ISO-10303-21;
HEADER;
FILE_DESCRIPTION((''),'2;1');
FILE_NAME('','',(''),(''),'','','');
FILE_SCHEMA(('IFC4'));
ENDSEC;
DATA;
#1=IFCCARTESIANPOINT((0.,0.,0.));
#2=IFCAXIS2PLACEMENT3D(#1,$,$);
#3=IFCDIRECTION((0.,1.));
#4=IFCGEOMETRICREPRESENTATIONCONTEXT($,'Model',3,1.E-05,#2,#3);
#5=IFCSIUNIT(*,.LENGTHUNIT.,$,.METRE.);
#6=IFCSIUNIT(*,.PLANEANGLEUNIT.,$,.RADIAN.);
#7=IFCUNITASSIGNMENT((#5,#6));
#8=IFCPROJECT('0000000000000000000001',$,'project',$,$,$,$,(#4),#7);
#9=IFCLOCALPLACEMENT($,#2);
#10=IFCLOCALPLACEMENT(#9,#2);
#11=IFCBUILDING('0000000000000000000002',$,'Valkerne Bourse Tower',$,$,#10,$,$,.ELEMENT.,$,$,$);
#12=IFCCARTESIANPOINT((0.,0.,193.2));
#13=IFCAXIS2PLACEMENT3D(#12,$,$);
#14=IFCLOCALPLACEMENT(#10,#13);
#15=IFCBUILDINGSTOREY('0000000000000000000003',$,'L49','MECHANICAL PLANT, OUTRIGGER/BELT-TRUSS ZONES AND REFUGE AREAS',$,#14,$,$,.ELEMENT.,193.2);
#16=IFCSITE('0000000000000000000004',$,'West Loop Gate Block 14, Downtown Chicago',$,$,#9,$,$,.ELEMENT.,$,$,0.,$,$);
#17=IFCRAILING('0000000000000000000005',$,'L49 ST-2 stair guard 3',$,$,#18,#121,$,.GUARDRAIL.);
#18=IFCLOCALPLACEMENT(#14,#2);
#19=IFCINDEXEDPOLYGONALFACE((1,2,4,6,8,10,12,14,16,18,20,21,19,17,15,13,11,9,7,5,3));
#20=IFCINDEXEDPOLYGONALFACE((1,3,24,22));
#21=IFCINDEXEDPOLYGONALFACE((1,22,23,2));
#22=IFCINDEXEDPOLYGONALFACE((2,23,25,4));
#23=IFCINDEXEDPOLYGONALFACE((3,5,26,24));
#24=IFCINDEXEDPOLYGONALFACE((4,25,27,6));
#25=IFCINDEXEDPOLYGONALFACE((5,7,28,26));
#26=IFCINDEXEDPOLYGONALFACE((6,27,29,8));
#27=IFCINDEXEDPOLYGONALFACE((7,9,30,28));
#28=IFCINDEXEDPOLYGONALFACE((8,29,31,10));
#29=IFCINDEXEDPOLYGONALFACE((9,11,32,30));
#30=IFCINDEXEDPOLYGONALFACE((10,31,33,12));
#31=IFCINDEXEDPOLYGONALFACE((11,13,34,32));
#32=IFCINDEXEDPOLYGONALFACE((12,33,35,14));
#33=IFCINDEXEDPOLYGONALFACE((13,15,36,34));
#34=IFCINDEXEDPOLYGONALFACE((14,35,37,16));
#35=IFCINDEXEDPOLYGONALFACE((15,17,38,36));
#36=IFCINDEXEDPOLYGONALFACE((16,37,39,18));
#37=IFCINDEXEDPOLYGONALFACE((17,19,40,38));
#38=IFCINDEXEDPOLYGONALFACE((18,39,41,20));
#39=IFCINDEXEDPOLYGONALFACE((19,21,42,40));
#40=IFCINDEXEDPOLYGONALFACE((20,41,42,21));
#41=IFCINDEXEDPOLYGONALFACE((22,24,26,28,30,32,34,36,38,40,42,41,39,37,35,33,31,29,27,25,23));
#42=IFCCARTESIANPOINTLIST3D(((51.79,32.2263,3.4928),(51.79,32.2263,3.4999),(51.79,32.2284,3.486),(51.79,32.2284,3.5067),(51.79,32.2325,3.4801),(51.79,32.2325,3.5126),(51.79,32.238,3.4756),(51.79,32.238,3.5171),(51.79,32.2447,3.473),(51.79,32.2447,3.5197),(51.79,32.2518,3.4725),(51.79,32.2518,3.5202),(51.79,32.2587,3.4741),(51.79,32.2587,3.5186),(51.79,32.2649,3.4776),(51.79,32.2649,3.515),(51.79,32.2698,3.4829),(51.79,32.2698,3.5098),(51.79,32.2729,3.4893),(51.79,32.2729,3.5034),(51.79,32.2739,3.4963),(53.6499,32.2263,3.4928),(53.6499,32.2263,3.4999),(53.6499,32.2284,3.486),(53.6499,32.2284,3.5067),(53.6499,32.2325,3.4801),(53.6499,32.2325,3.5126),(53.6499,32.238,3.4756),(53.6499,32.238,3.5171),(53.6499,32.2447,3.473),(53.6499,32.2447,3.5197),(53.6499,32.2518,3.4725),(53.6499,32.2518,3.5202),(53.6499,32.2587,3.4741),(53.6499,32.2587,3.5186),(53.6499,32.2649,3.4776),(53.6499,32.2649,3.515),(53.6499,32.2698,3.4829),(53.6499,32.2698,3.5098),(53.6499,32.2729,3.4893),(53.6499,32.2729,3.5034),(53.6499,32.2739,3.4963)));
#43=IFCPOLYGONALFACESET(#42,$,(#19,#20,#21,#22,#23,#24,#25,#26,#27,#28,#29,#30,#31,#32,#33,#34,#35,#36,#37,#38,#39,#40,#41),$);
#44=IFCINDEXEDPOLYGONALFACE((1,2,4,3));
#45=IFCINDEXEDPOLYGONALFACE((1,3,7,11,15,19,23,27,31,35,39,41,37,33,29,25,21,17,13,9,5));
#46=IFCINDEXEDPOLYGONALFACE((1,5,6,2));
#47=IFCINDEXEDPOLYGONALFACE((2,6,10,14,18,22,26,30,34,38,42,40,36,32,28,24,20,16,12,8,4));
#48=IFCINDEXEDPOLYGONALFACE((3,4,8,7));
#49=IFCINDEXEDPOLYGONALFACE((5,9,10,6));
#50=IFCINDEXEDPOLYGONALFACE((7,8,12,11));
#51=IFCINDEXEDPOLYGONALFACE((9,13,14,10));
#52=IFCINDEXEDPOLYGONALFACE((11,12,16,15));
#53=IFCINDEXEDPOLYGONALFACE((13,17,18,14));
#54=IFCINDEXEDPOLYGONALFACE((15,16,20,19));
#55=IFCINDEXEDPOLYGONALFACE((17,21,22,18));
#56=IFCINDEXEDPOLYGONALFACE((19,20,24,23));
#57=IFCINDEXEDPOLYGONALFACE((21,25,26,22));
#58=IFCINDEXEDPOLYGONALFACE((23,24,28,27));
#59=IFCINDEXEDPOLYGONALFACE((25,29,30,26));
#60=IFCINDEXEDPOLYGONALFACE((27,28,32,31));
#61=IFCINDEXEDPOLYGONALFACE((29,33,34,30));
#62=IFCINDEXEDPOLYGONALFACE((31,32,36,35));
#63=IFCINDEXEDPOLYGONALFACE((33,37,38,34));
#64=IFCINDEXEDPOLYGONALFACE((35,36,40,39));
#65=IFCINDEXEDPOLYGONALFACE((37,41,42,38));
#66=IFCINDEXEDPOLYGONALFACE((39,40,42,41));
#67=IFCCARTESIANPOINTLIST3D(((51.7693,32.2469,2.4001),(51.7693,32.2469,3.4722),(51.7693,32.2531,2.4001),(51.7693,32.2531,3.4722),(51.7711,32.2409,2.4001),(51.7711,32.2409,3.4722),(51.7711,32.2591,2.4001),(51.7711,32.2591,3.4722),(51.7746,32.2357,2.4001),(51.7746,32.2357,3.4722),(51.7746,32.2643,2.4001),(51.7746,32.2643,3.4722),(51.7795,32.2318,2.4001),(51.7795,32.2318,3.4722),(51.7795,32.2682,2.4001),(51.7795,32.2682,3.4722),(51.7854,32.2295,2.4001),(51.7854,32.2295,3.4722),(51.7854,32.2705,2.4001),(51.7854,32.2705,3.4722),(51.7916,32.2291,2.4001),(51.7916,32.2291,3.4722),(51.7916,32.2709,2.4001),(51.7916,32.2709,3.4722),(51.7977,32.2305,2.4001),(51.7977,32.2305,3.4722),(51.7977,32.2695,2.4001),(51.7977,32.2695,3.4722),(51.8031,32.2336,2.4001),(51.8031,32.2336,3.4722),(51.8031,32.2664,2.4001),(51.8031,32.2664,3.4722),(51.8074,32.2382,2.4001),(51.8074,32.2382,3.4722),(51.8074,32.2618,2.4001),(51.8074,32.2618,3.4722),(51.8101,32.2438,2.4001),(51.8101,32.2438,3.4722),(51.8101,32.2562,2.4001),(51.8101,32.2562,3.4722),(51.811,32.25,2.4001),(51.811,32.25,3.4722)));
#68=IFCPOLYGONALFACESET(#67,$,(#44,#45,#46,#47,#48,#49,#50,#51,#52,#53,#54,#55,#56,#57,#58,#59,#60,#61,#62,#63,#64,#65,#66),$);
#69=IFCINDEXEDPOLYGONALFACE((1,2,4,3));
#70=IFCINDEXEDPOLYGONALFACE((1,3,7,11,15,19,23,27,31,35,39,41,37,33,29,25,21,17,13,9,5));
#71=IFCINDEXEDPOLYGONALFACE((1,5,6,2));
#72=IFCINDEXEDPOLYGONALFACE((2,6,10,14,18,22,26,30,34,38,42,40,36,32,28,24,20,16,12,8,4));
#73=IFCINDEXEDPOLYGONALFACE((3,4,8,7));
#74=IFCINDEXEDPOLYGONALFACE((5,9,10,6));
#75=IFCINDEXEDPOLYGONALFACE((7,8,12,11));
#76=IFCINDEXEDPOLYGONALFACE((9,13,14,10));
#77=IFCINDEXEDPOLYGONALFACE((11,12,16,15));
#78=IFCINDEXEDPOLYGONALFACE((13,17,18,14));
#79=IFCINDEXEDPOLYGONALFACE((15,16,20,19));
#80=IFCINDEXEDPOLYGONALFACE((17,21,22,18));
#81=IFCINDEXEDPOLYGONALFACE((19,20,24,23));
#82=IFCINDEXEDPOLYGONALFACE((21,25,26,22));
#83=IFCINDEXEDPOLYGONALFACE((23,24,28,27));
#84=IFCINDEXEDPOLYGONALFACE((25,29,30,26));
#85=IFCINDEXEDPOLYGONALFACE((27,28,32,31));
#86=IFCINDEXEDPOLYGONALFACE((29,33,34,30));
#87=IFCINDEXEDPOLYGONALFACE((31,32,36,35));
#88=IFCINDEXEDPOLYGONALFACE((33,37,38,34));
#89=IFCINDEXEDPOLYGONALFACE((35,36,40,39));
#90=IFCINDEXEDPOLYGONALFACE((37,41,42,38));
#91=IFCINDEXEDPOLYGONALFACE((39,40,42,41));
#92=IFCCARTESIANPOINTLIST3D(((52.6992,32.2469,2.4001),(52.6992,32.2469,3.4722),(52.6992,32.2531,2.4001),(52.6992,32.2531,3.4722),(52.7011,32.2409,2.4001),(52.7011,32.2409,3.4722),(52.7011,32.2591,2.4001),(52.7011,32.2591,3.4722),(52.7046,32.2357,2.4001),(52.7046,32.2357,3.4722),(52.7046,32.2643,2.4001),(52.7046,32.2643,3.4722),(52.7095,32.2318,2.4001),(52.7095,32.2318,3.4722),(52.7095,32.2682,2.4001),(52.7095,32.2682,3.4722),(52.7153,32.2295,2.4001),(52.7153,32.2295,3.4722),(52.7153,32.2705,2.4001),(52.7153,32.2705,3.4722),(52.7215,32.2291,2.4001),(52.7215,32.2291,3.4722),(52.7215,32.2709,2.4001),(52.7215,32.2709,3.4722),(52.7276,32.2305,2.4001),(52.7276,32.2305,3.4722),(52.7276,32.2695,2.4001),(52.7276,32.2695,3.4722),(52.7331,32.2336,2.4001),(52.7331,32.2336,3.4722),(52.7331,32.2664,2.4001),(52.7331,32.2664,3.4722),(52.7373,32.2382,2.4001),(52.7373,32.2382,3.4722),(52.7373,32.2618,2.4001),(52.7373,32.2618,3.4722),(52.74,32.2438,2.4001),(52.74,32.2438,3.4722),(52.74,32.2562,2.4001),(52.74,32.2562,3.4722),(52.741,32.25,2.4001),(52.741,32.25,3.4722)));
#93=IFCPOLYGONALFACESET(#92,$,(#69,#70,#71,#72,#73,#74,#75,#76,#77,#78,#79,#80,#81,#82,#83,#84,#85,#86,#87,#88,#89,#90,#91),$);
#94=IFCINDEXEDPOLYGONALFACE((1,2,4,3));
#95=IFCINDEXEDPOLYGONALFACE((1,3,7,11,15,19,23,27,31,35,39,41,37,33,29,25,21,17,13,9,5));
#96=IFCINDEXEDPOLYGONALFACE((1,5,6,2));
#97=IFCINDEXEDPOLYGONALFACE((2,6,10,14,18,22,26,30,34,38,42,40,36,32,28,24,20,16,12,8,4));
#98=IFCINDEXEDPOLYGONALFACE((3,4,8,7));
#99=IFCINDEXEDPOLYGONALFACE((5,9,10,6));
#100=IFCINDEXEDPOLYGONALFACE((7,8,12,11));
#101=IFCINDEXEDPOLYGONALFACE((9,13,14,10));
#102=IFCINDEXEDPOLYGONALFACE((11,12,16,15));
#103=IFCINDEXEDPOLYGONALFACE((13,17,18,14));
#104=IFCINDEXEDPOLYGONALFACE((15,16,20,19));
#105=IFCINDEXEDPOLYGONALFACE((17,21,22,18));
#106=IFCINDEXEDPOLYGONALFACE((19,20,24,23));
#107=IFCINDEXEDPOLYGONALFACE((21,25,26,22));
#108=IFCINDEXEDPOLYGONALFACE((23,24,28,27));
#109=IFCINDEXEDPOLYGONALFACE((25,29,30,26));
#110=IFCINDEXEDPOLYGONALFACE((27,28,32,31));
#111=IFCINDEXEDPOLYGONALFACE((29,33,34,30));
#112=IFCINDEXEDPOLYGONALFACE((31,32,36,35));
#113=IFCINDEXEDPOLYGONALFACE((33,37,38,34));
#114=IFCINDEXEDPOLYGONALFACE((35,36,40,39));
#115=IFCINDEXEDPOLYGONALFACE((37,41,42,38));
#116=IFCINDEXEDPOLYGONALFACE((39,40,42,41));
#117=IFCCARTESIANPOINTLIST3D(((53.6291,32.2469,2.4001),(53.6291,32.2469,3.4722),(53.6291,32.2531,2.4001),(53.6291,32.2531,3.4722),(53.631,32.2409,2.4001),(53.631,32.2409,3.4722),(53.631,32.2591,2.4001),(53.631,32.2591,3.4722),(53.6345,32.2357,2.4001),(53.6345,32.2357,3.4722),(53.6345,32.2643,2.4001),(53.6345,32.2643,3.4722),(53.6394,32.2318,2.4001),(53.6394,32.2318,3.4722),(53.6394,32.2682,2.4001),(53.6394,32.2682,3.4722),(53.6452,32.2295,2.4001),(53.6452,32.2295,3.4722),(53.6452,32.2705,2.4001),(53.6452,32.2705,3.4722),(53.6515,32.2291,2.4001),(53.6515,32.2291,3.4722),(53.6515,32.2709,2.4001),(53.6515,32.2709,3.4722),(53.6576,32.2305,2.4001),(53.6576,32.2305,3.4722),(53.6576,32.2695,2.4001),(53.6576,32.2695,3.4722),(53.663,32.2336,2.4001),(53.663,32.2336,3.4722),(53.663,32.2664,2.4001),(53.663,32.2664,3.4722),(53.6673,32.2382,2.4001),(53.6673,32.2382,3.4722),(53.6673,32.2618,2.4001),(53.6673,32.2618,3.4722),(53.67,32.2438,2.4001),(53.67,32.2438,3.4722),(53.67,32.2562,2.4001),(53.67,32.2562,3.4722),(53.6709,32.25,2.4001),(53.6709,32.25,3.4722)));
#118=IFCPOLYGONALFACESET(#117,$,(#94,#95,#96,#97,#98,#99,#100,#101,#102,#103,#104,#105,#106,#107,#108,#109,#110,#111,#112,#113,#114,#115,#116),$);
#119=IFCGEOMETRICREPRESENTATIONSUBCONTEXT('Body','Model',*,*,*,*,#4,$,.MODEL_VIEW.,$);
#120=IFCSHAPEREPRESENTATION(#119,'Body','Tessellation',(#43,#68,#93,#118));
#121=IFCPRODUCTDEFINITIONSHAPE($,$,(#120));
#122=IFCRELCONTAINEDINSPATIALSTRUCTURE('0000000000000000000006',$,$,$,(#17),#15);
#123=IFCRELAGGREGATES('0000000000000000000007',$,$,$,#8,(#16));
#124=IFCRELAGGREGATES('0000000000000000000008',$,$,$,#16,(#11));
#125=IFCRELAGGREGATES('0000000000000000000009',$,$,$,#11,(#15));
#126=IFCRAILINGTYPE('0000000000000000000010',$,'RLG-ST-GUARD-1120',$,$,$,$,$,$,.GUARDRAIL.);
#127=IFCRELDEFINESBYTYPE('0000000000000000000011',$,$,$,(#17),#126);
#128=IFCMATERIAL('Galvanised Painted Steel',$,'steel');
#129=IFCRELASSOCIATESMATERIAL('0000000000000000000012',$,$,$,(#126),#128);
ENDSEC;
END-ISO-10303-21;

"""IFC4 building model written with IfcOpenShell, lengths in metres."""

from ifc_helpers import new_model, si_unit, direction, frame, origin, origin_2d, place, context, subcontext, project, spatial, circle, extrude, material, type_object, element, save


model = new_model("IFC4")

# Units and contexts
model_context = context("Model", 3, precision=1e-05, world=origin(), true_north=direction((0.0, 1.0)))
body_context = subcontext(model_context, "Body", "Model", "MODEL_VIEW")
ifc_project = project(units=[si_unit("LENGTHUNIT", "METRE"), si_unit("PLANEANGLEUNIT", "RADIAN")], contexts=[model_context])

# Site, building, storey
site_placement = place(None, origin())
site = spatial("IfcSite", under=ifc_project, at=site_placement, Name="West Loop Gate Block 14, Downtown Chicago", CompositionType="ELEMENT", RefElevation=0.0)
building_placement = place(site_placement, origin())
building = spatial("IfcBuilding", under=site, at=building_placement, Name="Valkerne Bourse Tower", CompositionType="ELEMENT")
storey_placement = place(building_placement, frame((0.0, 0.0, 193.2)))
storey = spatial("IfcBuildingStorey", under=building, at=storey_placement, Name="L49", Description="MECHANICAL PLANT, OUTRIGGER/BELT-TRUSS ZONES AND REFUGE AREAS", CompositionType="ELEMENT", Elevation=193.2)

# Shared definitions
ifc_material_1 = material(Name="Galvanised Painted Steel", Category="steel")

# Railing
railing_type_1 = type_object("IfcRailingType", Name="RLG-ST-GUARD-1120", PredefinedType="GUARDRAIL", material=ifc_material_1)
railing_1_placement = place(storey_placement, frame((51.79, 32.25, 2.4001)))
element("IfcRailing", 1, at=railing_1_placement, inside=storey, type_object=railing_type_1, Name="L49 ST-2 stair guard 3", PredefinedType="GUARDRAIL", context=body_context, shape_type="SweptSolid", body=[
    extrude(circle(Radius=0.0239, at=origin_2d()), frame((0.0, 0.0, 1.0962), z_axis=(1.0, 0.0, 0.0), x_axis=(0.0, 1.0, 0.0)), (0.0, 0.0, 1.0), 1.8599),
    extrude(circle(Radius=0.021, at=origin_2d()), origin(), (0.0, 0.0, 1.0), 1.072),
    extrude(circle(Radius=0.021, at=origin_2d()), frame((0.9299, 0.0, 0.0)), (0.0, 0.0, 1.0), 1.072),
    extrude(circle(Radius=0.021, at=origin_2d()), frame((1.8599, 0.0, 0.0)), (0.0, 0.0, 1.0), 1.072),
])

save(model, "model.ifc")
